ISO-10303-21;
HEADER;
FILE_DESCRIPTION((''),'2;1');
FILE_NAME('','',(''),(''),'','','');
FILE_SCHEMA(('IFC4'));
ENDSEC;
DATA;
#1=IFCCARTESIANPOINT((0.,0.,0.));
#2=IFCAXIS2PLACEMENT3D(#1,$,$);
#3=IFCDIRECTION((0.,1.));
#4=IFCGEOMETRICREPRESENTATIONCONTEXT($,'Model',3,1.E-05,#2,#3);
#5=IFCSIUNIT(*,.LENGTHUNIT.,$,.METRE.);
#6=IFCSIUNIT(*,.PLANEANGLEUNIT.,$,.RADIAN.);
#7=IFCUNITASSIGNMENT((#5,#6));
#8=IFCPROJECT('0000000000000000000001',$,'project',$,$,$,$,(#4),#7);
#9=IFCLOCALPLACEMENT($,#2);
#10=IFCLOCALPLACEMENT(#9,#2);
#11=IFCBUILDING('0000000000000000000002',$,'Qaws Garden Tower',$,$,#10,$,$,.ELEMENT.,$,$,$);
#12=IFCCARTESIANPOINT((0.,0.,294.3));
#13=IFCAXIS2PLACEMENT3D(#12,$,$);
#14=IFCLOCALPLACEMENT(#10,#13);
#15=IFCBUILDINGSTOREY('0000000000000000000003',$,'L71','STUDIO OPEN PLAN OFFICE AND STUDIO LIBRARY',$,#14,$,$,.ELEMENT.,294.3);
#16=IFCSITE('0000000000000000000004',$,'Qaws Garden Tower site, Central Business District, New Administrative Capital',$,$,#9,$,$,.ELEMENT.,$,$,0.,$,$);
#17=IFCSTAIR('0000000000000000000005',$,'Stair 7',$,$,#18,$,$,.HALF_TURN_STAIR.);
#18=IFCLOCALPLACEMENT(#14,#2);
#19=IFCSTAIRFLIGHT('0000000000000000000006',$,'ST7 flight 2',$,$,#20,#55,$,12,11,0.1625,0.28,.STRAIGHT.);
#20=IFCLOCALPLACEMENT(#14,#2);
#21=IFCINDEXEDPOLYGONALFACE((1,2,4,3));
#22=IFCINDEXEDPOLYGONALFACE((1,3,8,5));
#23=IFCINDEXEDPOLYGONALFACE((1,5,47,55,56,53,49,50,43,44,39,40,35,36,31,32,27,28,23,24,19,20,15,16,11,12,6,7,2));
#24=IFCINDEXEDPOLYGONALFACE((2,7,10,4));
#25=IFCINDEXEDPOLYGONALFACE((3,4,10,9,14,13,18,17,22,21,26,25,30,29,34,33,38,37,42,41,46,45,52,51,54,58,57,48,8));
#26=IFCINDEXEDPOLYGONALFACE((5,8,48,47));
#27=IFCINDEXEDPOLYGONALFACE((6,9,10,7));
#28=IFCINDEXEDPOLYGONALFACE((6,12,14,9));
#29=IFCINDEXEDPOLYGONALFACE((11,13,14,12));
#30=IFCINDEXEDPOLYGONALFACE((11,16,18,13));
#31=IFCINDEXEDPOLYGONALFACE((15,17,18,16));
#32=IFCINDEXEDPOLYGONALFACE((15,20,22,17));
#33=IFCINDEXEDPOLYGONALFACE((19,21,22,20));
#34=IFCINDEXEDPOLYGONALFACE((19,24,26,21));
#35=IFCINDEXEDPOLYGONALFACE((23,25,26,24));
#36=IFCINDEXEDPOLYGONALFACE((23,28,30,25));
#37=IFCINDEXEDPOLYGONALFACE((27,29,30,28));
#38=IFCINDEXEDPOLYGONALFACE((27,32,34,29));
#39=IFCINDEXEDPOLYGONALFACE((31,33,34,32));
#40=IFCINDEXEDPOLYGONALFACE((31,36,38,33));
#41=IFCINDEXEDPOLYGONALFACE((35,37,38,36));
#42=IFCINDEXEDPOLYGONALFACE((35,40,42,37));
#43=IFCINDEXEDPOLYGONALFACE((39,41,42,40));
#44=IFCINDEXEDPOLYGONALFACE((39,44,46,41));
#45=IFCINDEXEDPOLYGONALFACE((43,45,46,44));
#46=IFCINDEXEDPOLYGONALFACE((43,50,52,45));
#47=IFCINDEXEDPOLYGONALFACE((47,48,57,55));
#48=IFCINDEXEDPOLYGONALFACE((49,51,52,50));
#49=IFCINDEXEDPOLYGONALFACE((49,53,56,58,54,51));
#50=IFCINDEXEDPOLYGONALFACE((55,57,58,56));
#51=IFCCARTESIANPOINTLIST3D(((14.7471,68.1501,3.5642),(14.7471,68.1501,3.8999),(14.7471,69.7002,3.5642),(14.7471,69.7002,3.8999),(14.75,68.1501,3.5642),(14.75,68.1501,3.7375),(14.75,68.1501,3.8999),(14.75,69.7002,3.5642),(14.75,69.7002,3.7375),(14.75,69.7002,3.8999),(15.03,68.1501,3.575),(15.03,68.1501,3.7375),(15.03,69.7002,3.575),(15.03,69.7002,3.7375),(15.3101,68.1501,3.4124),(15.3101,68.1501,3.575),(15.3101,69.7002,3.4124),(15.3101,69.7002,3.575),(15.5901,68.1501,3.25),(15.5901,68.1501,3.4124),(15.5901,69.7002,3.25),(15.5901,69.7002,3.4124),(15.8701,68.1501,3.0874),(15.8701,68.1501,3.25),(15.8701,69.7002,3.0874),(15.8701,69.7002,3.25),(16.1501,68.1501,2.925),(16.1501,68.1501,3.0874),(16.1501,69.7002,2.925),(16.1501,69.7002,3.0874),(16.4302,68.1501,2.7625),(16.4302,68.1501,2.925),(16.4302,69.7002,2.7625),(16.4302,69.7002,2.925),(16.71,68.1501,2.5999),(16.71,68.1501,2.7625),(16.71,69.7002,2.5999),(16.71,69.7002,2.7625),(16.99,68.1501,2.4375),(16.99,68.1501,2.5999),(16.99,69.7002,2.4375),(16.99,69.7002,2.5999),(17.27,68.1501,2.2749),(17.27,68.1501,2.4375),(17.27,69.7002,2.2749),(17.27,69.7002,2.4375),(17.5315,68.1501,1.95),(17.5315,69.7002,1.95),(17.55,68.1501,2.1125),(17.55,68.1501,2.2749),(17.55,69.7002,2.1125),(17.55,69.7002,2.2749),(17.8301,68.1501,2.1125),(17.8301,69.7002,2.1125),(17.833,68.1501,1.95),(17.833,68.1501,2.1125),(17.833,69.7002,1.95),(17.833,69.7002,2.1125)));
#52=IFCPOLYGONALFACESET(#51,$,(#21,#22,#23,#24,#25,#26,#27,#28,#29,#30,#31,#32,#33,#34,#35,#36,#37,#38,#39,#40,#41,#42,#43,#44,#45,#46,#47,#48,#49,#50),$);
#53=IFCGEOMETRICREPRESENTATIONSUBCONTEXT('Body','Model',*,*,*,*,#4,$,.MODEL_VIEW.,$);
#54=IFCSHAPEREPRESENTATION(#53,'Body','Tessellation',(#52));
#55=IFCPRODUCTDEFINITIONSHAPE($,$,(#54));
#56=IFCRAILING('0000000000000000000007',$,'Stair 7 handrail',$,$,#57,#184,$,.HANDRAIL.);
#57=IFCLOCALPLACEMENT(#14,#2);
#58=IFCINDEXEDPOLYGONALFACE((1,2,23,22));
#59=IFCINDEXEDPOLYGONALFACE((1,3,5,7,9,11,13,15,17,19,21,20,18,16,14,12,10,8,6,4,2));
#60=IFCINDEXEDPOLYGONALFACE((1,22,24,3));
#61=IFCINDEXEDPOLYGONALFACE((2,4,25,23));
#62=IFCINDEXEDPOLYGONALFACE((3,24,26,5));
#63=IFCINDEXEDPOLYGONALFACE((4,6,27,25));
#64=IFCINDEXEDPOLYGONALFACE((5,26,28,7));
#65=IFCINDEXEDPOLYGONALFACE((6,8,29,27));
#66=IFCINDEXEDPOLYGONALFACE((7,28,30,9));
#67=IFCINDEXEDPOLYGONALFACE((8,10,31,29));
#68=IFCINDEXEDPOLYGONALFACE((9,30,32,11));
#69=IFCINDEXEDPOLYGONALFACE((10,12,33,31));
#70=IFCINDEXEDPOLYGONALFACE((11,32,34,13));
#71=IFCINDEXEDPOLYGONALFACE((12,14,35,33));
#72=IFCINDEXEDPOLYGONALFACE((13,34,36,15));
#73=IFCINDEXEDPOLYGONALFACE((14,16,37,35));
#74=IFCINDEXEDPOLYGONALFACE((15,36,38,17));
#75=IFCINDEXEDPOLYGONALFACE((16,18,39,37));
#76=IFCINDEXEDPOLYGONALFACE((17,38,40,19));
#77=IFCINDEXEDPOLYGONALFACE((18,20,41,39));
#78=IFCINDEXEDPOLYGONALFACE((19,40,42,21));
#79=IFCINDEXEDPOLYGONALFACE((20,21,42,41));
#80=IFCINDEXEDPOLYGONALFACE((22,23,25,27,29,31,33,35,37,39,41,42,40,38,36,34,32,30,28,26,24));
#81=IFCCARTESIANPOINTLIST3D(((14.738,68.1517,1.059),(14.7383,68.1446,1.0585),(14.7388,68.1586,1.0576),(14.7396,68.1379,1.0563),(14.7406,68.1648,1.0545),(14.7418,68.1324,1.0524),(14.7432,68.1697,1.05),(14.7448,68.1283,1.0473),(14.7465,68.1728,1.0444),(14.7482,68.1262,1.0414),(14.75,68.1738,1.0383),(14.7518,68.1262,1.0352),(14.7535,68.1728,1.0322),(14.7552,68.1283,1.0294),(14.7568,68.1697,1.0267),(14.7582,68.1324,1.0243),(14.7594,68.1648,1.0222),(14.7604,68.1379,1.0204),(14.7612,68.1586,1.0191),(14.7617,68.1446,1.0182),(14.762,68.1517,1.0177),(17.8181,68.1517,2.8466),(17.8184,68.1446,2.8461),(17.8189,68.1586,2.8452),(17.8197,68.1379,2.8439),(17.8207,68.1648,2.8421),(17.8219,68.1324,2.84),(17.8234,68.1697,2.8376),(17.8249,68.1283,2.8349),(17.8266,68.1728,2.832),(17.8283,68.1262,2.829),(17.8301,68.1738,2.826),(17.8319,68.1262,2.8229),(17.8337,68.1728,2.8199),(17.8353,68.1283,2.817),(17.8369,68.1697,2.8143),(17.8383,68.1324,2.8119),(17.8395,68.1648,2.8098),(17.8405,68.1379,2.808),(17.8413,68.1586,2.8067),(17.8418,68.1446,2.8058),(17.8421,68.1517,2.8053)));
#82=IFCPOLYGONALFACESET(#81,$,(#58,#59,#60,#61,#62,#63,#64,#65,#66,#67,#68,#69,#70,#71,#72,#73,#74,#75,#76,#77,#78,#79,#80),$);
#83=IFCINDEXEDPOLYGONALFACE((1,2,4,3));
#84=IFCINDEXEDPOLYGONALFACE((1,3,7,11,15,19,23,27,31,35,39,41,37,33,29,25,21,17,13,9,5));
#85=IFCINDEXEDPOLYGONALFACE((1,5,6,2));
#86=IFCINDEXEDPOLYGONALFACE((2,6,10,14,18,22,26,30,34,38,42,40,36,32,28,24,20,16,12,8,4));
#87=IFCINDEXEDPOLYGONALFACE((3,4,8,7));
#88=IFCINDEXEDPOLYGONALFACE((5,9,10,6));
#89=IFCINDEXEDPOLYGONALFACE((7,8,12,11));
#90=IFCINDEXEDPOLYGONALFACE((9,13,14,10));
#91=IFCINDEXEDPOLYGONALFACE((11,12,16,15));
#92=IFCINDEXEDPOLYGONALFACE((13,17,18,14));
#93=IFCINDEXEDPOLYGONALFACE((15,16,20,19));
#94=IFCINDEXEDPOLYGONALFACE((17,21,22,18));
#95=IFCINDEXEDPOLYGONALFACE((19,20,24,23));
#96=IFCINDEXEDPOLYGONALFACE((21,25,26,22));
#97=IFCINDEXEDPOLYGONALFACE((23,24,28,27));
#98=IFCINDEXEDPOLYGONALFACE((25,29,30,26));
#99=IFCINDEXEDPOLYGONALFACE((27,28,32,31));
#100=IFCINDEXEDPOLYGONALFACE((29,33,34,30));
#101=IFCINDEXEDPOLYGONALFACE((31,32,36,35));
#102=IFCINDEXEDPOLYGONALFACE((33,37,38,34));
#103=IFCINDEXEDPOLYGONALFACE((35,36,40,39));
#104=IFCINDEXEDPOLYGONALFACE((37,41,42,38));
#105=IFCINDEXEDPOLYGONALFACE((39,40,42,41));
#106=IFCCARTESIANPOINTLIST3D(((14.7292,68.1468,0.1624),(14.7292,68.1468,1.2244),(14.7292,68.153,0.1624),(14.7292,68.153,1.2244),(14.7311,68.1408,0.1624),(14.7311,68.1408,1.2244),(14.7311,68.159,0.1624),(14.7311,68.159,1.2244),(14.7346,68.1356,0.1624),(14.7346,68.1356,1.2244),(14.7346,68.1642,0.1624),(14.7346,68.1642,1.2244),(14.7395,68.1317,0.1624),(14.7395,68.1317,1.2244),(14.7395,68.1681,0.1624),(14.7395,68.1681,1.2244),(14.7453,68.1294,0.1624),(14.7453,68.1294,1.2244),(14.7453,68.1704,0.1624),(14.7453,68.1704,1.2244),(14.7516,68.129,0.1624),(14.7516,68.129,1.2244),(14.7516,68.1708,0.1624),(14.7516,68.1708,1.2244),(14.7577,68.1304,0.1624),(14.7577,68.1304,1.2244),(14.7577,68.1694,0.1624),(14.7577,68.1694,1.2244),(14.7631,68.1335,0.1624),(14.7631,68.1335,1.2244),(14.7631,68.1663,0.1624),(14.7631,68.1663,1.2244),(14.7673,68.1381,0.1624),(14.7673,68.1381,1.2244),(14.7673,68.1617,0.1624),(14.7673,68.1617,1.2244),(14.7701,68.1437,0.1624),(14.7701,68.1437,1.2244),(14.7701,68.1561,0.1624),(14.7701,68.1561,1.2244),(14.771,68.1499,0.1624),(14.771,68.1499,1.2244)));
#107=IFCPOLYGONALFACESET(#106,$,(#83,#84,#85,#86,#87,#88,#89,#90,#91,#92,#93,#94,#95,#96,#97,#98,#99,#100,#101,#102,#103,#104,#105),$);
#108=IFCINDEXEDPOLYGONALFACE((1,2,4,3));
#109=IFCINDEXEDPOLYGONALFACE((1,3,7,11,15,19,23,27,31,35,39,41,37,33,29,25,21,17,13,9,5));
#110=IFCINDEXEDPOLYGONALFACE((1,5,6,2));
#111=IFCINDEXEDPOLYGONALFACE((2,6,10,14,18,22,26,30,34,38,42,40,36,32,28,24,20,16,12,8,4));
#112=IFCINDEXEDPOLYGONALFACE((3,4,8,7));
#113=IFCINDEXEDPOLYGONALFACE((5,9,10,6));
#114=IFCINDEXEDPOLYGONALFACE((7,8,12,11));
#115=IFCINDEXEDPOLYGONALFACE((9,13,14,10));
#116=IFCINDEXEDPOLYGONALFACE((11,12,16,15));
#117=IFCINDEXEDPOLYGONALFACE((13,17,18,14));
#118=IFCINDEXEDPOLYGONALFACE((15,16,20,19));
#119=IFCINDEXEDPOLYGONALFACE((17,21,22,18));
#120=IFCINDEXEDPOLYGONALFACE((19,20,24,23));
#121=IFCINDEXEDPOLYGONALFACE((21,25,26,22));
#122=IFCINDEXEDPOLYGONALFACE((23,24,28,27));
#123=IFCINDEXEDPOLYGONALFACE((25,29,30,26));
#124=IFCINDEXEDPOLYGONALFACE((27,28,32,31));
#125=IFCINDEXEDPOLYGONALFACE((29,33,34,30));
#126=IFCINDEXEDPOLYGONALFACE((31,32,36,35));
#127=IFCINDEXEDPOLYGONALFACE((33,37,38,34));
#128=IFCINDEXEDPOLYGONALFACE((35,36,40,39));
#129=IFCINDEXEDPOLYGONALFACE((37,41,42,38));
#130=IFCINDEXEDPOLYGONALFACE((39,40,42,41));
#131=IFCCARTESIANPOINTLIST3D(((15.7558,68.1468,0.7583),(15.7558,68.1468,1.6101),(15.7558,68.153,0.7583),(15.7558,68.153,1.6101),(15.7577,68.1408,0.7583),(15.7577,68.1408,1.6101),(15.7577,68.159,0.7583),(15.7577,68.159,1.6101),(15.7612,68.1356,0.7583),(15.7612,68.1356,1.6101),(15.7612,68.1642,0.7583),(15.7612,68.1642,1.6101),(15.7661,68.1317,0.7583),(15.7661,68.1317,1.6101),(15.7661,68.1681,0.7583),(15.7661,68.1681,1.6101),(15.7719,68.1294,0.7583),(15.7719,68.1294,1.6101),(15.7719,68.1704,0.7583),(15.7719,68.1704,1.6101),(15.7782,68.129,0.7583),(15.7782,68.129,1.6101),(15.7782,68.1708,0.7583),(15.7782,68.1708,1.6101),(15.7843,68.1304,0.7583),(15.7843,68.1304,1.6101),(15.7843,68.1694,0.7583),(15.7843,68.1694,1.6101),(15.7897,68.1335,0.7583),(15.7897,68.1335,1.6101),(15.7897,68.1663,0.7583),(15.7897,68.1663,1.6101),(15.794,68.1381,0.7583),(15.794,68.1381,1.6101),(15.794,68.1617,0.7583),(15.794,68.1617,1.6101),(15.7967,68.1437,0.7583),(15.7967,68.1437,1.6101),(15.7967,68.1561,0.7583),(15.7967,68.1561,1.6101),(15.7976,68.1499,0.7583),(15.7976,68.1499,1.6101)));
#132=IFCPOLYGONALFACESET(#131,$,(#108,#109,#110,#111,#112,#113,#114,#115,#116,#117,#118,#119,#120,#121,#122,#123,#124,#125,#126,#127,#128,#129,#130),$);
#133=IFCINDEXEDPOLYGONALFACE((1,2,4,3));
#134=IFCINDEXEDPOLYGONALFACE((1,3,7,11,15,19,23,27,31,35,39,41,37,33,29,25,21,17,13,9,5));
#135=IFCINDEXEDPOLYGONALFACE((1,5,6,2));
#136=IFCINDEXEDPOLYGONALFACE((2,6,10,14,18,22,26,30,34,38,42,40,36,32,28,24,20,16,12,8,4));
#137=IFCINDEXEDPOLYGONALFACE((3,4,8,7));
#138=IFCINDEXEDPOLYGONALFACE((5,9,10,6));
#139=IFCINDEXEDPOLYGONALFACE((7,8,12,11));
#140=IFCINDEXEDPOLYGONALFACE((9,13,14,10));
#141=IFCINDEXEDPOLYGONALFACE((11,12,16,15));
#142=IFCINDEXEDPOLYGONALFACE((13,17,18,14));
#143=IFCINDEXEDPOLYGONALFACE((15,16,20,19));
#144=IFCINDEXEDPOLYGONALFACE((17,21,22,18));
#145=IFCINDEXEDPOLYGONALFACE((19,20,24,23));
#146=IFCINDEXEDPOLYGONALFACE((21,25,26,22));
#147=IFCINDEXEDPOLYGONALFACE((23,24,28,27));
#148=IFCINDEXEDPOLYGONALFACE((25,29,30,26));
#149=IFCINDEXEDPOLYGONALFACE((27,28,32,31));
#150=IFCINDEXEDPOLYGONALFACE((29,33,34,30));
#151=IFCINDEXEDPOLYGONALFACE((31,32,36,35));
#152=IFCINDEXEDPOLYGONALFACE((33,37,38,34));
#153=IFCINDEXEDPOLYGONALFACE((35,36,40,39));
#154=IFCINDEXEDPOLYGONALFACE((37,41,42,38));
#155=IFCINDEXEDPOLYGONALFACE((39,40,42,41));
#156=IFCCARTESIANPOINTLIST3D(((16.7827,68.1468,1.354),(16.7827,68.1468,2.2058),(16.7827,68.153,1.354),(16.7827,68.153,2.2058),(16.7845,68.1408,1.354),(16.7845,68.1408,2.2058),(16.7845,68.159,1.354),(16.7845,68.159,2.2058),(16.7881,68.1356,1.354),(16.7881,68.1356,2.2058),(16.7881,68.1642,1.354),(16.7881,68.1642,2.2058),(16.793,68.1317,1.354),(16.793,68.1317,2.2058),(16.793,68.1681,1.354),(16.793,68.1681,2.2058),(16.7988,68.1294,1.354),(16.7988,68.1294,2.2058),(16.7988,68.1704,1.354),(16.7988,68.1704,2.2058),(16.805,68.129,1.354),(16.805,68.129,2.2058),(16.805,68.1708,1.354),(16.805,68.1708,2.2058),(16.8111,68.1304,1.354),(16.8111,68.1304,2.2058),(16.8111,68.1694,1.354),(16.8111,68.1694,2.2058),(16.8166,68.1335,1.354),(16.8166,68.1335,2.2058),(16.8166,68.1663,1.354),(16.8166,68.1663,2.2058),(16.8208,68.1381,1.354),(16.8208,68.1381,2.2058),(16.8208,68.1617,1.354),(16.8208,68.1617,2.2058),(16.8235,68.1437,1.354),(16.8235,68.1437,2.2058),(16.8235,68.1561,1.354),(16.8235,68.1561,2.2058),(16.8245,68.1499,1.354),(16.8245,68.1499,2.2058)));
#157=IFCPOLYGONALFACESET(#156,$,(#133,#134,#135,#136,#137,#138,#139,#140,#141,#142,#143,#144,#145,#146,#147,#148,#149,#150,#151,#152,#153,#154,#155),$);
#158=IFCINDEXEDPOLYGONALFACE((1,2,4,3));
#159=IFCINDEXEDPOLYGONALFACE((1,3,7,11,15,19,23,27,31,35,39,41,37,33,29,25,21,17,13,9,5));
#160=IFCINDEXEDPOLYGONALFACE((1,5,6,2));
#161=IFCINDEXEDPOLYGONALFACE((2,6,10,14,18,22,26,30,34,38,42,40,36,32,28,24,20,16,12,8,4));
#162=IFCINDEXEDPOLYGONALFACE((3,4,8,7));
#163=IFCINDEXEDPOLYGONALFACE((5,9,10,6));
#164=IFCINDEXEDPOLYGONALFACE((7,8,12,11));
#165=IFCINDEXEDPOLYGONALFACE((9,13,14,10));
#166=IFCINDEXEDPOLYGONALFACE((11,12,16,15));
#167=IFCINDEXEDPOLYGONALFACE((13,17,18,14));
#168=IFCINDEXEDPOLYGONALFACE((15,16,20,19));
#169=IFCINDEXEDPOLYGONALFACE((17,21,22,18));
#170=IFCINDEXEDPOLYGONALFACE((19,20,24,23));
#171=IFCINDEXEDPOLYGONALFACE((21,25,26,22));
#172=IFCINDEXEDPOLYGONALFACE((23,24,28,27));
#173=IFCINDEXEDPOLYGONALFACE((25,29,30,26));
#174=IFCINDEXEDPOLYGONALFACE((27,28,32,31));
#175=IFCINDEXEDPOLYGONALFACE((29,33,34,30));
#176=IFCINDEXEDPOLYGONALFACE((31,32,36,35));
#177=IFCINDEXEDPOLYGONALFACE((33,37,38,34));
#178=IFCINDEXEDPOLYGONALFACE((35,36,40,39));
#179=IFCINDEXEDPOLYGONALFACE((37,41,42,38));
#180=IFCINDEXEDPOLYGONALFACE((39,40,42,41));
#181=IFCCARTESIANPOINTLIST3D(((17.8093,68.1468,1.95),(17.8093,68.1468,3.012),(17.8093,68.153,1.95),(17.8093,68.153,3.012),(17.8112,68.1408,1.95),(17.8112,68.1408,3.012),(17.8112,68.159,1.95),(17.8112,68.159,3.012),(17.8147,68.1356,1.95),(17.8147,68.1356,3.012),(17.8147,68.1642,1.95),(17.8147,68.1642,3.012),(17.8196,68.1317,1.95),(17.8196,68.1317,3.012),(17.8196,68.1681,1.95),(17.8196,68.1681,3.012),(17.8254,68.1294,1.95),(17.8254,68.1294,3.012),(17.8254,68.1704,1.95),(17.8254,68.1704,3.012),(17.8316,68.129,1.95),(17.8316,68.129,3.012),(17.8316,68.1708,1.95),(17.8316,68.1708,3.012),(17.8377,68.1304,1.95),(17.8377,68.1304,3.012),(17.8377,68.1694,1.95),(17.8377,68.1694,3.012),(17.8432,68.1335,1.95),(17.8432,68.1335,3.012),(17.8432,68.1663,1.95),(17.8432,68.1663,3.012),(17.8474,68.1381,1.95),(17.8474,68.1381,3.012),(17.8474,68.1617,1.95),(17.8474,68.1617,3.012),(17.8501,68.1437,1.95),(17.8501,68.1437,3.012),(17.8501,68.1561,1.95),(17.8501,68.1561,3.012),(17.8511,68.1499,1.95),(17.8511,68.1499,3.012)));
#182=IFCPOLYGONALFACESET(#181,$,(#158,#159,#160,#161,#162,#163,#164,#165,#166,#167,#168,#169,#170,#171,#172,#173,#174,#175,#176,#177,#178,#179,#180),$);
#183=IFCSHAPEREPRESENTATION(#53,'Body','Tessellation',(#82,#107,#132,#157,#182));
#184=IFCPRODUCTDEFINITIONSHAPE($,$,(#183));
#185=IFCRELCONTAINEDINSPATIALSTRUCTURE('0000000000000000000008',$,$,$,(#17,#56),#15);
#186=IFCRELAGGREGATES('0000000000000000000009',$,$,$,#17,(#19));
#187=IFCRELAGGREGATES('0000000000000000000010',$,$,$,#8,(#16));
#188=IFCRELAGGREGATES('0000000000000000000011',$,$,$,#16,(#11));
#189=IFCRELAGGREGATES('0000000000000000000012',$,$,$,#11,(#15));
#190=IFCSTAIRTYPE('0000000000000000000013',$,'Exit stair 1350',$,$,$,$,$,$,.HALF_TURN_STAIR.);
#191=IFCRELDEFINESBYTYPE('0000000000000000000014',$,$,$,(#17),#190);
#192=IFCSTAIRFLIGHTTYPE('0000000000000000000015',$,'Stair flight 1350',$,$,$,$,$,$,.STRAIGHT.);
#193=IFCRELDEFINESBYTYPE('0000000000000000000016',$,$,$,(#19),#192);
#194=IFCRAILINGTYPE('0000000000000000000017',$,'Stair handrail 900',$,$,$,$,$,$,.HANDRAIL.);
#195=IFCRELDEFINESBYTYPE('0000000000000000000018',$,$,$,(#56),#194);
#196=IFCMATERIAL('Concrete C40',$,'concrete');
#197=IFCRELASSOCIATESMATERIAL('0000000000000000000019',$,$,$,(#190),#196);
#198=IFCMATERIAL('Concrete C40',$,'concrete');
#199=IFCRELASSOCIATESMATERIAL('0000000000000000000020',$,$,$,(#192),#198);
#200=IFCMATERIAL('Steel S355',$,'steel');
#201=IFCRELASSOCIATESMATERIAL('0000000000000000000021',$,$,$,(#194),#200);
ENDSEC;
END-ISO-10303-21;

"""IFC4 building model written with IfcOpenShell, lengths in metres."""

from ifc_helpers import new_model, si_unit, direction, frame, origin, origin_2d, place, context, subcontext, project, spatial, polyline, circle, outline, extrude, material, type_object, element, aggregate, save


model = new_model("IFC4")

# Units and contexts
model_context = context("Model", 3, precision=1e-05, world=origin(), true_north=direction((0.0, 1.0)))
body_context = subcontext(model_context, "Body", "Model", "MODEL_VIEW")
ifc_project = project(units=[si_unit("LENGTHUNIT", "METRE"), si_unit("PLANEANGLEUNIT", "RADIAN")], contexts=[model_context])

# Site, building, storey
site_placement = place(None, origin())
site = spatial("IfcSite", under=ifc_project, at=site_placement, Name="Qaws Garden Tower site, Central Business District, New Administrative Capital", CompositionType="ELEMENT", RefElevation=0.0)
building_placement = place(site_placement, origin())
building = spatial("IfcBuilding", under=site, at=building_placement, Name="Qaws Garden Tower", CompositionType="ELEMENT")
storey_placement = place(building_placement, frame((0.0, 0.0, 294.3)))
storey = spatial("IfcBuildingStorey", under=building, at=storey_placement, Name="L71", Description="STUDIO OPEN PLAN OFFICE AND STUDIO LIBRARY", CompositionType="ELEMENT", Elevation=294.3)

# Stair, stair flight
ifc_material_1 = material(Name="Concrete C40", Category="concrete")
stair_type = type_object("IfcStairType", Name="Exit stair 1350", PredefinedType="HALF_TURN_STAIR", material=ifc_material_1)
stair_placement = place(storey_placement, origin())
stair = element("IfcStair", 1, at=stair_placement, inside=storey, type_object=stair_type, Name="Stair 7", PredefinedType="HALF_TURN_STAIR")
ifc_material_2 = material(Name="Concrete C40", Category="concrete")
stair_flight_type = type_object("IfcStairFlightType", Name="Stair flight 1350", PredefinedType="STRAIGHT", material=ifc_material_2)
stair_flight_1_placement = place(storey_placement, frame((17.8301, 68.925, 1.95), z_axis=(0.0, 0.0, 1.0), x_axis=(-1.0, 0.0, 0.0)))
stair_flight_1 = element("IfcStairFlight", 2, at=stair_flight_1_placement, type_object=stair_flight_type, Name="ST7 flight 2", NumberOfRisers=12, NumberOfTreads=11, PredefinedType="STRAIGHT", RiserHeight=0.1625, TreadLength=0.28, context=body_context, shape_type="SweptSolid", body=[
    extrude(outline(polyline([(-0.0029, 0.0), (-0.0029, 0.1626), (0.0, 0.1626), (0.28, 0.1626), (0.28, 0.325), (0.5601, 0.325), (0.5601, 0.4875), (0.8401, 0.4875), (0.8401, 0.6499), (1.1201, 0.6499), (1.1201, 0.8125), (1.3999, 0.8125), (1.3999, 0.9751), (1.6799, 0.9751), (1.6799, 1.1375), (1.96, 1.1375), (1.96, 1.3), (2.24, 1.3), (2.24, 1.4624), (2.52, 1.4624), (2.52, 1.625), (2.8, 1.625), (2.8, 1.7876), (3.0801, 1.7876), (3.0801, 1.95), (3.083, 1.95), (3.083, 1.6143), (3.0801, 1.6143), (0.2986, 0.0), (-0.0029, 0.0)])), frame((0.0, 0.7749, 0.0), z_axis=(0.0, -1.0, 0.0), x_axis=(1.0, 0.0, 0.0)), (0.0, 0.0, 1.0), 1.55),
])
aggregate(stair, [stair_flight_1])

# Railing
ifc_material_3 = material(Name="Steel S355", Category="steel")
railing_type = type_object("IfcRailingType", Name="Stair handrail 900", PredefinedType="HANDRAIL", material=ifc_material_3)
railing_1_placement = place(storey_placement, frame((14.75, 68.1499, 0.1624)))
element("IfcRailing", 3, at=railing_1_placement, inside=storey, type_object=railing_type, Name="Stair 7 handrail", PredefinedType="HANDRAIL", context=body_context, shape_type="SweptSolid", body=[
    extrude(circle(Radius=0.0239, at=origin_2d()), frame((0.0, 0.0, 0.876), z_axis=(0.864891, 0.0, 0.50196), x_axis=(0.0, 1.0, 0.0)), (0.0, 0.0, 1.0), 3.5613),
    extrude(circle(Radius=0.021, at=origin_2d()), origin(), (0.0, 0.0, 1.0), 1.062),
    extrude(circle(Radius=0.021, at=origin_2d()), frame((1.0266, 0.0, 0.5959)), (0.0, 0.0, 1.0), 0.8518),
    extrude(circle(Radius=0.021, at=origin_2d()), frame((2.0535, 0.0, 1.1917)), (0.0, 0.0, 1.0), 0.8518),
    extrude(circle(Radius=0.021, at=origin_2d()), frame((3.0801, 0.0, 1.7876)), (0.0, 0.0, 1.0), 1.062),
])

save(model, "model.ifc")
